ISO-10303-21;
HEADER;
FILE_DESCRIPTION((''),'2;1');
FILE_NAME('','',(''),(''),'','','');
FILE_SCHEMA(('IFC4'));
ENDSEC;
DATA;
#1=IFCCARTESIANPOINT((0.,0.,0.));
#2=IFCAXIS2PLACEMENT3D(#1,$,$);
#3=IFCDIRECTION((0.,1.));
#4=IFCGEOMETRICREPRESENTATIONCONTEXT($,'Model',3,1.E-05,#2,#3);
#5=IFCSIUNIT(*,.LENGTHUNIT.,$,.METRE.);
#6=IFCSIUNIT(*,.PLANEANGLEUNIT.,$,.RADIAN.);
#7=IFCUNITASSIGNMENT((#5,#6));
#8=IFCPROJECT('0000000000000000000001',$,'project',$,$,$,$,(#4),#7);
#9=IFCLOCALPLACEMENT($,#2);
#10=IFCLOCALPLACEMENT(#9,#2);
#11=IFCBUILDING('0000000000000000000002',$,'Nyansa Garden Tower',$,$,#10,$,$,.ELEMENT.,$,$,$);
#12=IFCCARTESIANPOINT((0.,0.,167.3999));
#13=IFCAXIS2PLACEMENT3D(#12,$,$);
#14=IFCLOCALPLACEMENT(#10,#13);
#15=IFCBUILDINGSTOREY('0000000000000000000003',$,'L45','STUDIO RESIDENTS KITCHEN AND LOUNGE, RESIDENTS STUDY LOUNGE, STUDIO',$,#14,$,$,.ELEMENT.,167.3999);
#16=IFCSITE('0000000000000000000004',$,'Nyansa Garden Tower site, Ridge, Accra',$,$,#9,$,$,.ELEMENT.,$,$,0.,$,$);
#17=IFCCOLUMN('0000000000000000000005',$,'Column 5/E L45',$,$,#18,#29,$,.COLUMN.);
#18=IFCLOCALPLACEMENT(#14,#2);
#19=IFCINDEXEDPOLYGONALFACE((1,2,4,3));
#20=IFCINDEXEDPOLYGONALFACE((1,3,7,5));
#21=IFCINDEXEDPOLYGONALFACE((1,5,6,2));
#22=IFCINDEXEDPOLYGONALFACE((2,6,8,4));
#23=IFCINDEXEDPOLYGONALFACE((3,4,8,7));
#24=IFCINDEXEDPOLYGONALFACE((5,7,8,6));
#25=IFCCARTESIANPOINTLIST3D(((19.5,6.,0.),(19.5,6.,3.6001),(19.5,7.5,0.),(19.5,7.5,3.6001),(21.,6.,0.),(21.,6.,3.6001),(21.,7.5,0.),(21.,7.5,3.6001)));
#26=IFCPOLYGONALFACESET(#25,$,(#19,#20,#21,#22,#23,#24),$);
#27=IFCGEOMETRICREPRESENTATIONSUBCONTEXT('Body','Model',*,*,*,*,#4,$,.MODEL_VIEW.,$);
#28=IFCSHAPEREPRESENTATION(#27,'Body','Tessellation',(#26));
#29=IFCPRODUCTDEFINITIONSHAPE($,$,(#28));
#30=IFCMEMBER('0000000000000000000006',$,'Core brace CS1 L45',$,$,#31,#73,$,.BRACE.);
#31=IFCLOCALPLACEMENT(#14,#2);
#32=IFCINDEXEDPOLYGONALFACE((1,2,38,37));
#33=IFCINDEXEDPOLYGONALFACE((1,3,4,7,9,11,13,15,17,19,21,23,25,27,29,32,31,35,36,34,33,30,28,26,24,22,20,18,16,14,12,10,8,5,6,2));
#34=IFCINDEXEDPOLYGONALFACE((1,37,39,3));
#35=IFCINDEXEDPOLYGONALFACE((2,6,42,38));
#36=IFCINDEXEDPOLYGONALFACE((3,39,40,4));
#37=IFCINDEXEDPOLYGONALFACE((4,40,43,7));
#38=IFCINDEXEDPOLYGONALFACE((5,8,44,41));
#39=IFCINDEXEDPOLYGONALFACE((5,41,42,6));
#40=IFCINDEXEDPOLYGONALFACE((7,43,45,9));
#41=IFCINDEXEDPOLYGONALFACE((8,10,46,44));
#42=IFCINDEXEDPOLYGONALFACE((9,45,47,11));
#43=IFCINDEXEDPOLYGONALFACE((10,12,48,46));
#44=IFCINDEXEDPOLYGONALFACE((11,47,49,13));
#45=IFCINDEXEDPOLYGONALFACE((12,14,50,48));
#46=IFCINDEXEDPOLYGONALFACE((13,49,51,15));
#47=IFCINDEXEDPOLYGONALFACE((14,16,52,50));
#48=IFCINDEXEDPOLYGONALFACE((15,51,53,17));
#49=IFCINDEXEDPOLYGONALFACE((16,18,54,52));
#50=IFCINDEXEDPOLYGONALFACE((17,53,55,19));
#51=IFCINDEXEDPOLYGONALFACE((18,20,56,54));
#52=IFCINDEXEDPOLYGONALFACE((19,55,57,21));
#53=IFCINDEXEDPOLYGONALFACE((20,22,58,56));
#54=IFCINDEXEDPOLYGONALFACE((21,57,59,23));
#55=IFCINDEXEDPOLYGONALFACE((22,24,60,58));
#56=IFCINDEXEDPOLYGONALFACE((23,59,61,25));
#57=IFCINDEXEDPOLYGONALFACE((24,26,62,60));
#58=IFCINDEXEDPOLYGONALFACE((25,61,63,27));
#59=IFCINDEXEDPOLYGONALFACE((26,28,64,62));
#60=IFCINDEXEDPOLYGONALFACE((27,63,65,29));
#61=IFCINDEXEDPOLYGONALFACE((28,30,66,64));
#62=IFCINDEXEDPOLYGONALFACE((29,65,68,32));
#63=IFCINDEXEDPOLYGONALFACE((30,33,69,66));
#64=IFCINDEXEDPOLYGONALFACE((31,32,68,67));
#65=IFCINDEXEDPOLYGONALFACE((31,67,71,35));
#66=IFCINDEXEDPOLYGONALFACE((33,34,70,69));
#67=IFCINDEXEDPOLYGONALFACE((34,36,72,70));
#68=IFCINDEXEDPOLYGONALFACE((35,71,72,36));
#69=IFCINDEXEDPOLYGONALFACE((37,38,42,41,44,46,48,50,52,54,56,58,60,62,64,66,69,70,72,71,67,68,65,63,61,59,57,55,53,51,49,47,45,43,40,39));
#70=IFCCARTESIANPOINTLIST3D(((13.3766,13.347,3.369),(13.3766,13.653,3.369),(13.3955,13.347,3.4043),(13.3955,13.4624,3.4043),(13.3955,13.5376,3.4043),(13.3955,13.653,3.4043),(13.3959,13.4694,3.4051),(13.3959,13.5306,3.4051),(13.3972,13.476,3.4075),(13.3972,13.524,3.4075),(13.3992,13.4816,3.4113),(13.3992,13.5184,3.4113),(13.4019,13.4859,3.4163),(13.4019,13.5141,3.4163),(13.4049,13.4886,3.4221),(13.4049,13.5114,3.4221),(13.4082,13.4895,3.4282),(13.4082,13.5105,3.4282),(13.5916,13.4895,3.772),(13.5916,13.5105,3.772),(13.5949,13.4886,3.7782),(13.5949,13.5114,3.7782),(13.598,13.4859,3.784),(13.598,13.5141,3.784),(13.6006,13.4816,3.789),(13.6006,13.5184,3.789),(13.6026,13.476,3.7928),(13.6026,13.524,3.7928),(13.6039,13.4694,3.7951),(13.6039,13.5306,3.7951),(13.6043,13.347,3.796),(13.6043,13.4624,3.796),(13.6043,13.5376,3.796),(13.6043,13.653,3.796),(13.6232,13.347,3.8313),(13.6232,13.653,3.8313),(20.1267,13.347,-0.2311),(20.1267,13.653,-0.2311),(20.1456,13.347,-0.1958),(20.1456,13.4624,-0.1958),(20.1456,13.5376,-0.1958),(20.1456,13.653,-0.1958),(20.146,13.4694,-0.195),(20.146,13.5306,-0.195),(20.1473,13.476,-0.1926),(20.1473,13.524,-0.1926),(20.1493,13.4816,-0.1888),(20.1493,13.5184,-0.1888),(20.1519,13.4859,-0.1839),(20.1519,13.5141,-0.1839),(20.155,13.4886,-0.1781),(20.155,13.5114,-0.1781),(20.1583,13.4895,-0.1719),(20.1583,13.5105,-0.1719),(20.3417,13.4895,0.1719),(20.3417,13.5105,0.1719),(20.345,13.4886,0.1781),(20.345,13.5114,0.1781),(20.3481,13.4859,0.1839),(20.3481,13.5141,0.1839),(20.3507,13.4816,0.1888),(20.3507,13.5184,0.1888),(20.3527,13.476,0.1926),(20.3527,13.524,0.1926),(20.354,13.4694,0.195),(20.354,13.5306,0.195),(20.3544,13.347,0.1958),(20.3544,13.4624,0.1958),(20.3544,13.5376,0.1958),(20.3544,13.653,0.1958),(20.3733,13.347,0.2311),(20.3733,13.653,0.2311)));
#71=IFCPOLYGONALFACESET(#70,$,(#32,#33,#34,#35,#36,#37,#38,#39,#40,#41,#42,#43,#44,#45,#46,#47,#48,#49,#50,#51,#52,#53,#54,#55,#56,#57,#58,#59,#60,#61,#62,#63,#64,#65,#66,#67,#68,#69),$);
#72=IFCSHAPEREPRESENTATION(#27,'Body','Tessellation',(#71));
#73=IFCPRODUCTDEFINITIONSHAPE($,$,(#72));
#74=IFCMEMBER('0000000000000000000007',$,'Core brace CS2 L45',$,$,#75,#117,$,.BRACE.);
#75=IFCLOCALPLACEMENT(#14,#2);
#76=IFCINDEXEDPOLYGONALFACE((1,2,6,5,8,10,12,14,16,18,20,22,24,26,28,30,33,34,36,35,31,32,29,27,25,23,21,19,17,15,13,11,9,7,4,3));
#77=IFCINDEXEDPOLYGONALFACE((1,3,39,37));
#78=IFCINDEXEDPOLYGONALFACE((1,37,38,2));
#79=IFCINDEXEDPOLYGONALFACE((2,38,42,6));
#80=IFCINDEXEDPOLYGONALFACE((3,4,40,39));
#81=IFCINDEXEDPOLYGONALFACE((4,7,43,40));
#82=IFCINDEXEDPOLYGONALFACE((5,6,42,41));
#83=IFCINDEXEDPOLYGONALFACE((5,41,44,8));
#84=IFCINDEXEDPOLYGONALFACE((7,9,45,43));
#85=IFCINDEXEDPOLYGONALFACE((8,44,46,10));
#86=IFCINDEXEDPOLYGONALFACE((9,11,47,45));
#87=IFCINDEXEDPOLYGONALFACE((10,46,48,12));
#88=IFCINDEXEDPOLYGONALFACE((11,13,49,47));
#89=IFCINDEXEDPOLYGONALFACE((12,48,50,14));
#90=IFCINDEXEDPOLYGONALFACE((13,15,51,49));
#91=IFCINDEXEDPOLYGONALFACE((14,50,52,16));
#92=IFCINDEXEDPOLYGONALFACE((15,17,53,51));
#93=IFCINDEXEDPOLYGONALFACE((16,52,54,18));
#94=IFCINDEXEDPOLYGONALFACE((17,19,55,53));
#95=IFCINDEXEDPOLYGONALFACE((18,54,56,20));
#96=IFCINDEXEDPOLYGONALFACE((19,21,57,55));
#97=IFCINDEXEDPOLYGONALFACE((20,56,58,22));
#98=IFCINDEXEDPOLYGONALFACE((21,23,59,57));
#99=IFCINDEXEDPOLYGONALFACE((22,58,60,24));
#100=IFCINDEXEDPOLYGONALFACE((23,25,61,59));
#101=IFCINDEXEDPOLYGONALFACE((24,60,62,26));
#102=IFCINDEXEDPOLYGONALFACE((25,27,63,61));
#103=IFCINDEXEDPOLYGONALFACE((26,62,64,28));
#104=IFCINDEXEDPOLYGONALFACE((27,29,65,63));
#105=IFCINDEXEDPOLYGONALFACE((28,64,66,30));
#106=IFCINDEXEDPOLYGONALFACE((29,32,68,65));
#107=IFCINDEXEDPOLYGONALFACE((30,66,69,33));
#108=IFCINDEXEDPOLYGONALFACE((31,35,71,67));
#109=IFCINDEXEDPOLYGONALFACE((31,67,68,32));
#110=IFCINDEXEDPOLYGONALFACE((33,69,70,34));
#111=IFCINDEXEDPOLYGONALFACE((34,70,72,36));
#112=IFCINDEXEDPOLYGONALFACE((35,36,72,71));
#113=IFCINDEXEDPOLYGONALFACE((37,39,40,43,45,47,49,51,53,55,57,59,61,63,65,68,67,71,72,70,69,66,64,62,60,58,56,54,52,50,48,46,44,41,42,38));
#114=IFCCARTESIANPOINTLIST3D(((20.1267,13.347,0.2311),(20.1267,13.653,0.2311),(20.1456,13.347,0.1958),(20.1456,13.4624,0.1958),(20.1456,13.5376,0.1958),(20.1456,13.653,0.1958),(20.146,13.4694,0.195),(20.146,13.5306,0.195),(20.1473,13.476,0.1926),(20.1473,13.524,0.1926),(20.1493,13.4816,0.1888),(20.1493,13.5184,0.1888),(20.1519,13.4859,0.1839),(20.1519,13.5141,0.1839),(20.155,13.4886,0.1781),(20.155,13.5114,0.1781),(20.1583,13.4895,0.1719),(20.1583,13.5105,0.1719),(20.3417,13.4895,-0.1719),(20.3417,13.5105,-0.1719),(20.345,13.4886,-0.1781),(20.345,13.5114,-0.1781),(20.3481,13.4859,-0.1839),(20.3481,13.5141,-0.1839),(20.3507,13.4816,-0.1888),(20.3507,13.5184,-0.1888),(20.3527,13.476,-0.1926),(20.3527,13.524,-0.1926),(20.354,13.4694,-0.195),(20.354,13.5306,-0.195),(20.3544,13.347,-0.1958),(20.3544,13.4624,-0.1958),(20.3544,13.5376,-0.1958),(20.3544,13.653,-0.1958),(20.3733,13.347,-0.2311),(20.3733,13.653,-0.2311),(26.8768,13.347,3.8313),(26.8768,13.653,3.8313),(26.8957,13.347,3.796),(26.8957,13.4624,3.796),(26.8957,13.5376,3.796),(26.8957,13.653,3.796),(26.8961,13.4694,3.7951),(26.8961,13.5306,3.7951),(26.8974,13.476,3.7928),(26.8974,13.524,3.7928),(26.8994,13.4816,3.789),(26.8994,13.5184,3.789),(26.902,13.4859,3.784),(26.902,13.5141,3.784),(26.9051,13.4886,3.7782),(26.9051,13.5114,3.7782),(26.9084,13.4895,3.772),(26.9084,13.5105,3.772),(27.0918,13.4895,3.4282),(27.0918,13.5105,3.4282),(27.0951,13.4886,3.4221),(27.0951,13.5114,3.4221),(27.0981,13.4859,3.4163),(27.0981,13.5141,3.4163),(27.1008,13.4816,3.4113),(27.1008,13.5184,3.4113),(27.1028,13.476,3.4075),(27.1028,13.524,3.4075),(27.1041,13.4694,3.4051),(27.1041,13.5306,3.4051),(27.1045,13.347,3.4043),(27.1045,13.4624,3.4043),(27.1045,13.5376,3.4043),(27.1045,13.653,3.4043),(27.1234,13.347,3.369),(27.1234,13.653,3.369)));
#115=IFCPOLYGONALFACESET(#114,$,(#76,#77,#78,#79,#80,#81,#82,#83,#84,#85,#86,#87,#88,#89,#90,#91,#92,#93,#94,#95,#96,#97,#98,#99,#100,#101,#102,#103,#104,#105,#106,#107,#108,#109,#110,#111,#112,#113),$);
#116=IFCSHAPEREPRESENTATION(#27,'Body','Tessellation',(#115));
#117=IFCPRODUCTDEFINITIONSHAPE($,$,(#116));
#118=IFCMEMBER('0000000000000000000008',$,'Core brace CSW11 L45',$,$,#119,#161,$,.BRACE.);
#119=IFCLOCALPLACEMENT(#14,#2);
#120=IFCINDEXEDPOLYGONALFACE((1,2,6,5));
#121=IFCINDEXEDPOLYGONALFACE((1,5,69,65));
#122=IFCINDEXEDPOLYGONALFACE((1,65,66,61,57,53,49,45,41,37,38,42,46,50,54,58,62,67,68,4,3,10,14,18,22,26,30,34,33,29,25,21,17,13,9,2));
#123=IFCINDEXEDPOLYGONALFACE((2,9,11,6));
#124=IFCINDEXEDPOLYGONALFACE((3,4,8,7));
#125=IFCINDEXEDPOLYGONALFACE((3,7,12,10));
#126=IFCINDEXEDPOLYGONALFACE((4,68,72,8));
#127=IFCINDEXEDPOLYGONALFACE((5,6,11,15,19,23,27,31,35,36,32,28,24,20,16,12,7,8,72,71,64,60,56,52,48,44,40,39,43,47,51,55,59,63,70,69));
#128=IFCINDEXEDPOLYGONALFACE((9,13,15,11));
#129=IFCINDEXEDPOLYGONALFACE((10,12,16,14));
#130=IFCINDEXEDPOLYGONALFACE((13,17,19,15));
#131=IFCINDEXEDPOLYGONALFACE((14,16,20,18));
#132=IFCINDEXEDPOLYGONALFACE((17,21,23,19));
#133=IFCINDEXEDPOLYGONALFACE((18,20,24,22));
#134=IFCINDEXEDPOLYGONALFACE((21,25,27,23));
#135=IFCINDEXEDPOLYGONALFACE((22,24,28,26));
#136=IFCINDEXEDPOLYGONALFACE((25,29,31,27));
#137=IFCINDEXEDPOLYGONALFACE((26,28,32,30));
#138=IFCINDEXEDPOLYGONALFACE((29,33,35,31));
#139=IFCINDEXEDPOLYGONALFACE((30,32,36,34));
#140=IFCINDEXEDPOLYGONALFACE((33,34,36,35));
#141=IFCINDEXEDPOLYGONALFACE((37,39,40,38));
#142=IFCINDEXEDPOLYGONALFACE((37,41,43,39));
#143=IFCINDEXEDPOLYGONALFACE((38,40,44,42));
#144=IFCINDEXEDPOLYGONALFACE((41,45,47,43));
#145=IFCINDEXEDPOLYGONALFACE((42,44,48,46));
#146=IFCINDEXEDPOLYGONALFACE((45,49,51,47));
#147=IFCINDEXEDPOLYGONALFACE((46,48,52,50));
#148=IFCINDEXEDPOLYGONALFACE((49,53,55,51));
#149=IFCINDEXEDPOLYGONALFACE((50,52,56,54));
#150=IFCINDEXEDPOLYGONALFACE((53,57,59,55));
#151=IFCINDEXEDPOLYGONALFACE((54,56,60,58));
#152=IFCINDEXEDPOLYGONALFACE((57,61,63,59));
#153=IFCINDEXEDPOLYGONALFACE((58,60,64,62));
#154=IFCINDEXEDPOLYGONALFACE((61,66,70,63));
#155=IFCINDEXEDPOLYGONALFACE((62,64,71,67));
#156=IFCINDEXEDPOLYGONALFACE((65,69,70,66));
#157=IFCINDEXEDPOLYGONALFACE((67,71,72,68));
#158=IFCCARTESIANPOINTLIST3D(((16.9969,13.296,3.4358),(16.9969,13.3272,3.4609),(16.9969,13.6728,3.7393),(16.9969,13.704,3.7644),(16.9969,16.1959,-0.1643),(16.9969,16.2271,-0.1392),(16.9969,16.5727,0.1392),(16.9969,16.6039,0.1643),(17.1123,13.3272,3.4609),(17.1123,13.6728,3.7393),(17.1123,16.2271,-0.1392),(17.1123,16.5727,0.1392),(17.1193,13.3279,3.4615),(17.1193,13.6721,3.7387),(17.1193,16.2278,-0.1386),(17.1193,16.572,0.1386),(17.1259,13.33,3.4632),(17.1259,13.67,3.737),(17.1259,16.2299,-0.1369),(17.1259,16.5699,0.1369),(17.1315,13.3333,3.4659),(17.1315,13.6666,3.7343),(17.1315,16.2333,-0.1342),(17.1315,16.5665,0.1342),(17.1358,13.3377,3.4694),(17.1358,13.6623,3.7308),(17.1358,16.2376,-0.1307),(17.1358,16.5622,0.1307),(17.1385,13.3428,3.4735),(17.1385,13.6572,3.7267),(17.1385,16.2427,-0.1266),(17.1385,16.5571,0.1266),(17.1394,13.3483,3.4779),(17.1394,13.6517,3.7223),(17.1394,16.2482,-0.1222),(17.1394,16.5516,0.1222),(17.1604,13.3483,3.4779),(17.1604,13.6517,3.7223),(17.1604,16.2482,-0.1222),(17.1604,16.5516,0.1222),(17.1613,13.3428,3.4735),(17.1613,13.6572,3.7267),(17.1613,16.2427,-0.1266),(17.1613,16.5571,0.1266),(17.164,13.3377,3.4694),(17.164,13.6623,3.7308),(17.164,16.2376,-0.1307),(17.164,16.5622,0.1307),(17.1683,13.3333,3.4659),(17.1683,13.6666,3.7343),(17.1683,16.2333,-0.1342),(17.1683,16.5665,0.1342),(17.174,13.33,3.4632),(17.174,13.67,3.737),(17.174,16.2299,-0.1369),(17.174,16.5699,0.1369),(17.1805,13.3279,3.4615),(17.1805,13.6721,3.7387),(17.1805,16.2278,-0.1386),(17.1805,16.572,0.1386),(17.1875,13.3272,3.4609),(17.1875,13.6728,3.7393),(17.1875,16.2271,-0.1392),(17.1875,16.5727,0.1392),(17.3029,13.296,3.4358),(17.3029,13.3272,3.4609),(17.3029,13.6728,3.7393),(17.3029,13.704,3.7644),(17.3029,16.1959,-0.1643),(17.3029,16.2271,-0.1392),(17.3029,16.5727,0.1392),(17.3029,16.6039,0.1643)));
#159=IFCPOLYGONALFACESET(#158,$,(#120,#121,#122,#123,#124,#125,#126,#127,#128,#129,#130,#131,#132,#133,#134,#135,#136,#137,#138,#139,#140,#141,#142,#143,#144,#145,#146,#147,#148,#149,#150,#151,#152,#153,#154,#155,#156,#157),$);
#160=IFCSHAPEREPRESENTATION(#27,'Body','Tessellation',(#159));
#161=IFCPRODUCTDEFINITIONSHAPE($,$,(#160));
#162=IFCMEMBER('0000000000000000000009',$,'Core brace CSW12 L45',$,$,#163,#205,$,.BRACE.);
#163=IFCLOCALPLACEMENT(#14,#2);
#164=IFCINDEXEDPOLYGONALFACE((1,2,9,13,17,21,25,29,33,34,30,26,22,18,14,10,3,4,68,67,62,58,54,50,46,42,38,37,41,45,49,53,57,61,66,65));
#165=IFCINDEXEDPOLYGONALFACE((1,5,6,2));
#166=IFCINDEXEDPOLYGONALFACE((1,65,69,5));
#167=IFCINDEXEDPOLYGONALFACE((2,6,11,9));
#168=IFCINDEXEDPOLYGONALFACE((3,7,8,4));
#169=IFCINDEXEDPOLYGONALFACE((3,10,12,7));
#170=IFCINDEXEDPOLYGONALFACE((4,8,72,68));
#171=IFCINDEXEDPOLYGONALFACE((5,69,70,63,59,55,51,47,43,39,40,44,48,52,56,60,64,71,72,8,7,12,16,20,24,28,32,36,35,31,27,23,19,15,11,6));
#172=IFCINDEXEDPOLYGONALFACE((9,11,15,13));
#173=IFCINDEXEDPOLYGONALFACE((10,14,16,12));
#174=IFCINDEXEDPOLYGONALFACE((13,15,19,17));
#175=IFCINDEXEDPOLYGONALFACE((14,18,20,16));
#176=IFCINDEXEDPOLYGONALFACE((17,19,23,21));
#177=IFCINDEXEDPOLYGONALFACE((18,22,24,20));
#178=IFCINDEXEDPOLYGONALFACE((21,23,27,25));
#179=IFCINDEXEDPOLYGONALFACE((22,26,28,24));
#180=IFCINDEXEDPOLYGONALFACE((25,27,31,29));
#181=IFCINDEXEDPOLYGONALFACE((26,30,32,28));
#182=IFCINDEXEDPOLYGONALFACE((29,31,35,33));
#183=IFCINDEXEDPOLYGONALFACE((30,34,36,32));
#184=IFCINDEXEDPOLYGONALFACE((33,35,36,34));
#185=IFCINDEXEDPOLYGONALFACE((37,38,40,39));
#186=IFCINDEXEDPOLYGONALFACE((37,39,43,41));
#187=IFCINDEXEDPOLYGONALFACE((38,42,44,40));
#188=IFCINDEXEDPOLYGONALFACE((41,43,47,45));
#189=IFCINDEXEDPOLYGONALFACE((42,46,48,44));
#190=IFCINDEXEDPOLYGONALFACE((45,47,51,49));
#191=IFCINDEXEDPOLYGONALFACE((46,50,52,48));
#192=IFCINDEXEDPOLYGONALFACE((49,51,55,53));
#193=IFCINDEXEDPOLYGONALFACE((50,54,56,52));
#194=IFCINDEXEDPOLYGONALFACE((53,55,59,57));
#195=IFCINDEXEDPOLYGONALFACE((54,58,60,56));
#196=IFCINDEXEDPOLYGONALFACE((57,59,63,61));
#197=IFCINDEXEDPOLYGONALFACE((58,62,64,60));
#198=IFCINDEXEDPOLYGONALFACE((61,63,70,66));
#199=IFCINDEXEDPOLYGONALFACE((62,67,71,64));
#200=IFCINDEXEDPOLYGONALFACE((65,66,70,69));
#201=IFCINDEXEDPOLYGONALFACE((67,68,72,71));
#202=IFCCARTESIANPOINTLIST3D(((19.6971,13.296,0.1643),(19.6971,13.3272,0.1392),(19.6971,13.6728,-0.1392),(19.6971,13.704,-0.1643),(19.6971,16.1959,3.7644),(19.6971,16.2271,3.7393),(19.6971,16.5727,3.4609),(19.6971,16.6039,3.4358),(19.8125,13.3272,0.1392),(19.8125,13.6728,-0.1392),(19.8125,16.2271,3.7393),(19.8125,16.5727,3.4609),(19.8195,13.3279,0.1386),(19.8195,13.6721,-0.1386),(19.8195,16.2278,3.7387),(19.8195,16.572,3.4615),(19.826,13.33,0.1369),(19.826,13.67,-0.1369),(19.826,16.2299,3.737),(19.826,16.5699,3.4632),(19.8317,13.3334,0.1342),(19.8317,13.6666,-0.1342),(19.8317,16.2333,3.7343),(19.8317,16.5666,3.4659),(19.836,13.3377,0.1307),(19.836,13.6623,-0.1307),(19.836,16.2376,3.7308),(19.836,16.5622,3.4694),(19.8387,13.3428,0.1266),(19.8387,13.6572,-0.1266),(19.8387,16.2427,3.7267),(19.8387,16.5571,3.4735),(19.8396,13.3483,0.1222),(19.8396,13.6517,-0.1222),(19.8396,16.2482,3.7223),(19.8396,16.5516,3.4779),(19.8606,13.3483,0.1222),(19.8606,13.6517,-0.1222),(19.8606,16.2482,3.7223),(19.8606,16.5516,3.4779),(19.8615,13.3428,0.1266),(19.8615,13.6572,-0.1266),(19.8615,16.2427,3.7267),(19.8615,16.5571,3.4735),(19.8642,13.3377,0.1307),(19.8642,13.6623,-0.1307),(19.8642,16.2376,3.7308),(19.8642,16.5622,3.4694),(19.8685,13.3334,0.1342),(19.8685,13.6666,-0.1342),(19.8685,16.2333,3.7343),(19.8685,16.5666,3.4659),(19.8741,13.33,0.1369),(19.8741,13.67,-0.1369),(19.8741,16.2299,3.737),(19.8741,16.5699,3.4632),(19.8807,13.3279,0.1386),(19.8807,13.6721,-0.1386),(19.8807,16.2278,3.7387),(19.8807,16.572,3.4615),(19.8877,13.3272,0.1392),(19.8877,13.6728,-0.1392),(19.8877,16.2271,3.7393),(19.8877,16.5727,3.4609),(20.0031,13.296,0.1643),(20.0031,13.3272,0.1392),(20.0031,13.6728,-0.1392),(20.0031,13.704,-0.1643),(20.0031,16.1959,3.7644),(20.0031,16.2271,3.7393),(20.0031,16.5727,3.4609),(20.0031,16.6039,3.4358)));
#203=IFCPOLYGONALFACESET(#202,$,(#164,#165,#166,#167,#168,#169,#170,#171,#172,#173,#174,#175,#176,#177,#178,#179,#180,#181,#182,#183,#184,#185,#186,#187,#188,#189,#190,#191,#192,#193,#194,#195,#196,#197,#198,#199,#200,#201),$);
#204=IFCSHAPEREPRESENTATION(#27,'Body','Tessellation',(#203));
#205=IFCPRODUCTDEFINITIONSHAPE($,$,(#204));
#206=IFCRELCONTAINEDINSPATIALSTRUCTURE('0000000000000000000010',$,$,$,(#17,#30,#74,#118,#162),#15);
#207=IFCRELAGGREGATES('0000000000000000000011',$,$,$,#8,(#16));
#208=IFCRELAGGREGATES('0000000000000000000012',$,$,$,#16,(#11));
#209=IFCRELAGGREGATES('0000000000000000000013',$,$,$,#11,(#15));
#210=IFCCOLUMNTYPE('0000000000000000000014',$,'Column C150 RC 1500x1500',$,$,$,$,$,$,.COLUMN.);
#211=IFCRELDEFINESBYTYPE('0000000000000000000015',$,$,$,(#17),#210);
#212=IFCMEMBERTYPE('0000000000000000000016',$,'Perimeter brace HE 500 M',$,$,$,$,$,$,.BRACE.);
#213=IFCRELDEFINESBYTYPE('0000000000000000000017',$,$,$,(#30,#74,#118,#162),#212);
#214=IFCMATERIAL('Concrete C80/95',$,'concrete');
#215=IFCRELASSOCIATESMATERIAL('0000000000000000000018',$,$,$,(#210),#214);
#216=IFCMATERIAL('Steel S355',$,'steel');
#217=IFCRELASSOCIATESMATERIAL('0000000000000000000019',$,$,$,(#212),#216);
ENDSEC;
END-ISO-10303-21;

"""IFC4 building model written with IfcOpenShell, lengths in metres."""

from ifc_helpers import new_model, si_unit, direction, frame, origin, origin_2d, place, context, subcontext, project, spatial, rectangle, i_section, extrude, material, material_profile, profile_set, type_object, element, save


model = new_model("IFC4")

# Units and contexts
model_context = context("Model", 3, precision=1e-05, world=origin(), true_north=direction((0.0, 1.0)))
body_context = subcontext(model_context, "Body", "Model", "MODEL_VIEW")
ifc_project = project(units=[si_unit("LENGTHUNIT", "METRE"), si_unit("PLANEANGLEUNIT", "RADIAN")], contexts=[model_context])

# Site, building, storey
site_placement = place(None, origin())
site = spatial("IfcSite", under=ifc_project, at=site_placement, Name="Nyansa Garden Tower site, Ridge, Accra", CompositionType="ELEMENT", RefElevation=0.0)
building_placement = place(site_placement, origin())
building = spatial("IfcBuilding", under=site, at=building_placement, Name="Nyansa Garden Tower", CompositionType="ELEMENT")
storey_placement = place(building_placement, frame((0.0, 0.0, 167.3999)))
storey = spatial("IfcBuildingStorey", under=building, at=storey_placement, Name="L45", Description="STUDIO RESIDENTS KITCHEN AND LOUNGE, RESIDENTS STUDY LOUNGE, STUDIO", CompositionType="ELEMENT", Elevation=167.3999)

# Column
ifc_material_1 = material(Name="Concrete C80/95", Category="concrete")
ifc_material_profile_1 = material_profile(ifc_material_1, rectangle(XDim=1.5, YDim=1.5, at=origin_2d()), Name="RC 1500x1500")
ifc_profile_set_1 = profile_set([ifc_material_profile_1], Name="Concrete C80/95")
column_type = type_object("IfcColumnType", Name="Column C150 RC 1500x1500", PredefinedType="COLUMN", material=ifc_profile_set_1)
column_placement = place(storey_placement, frame((20.25, 6.75, 0.0), z_axis=(0.0, 0.0, 1.0), x_axis=(1.0, 0.0, 0.0)))
element("IfcColumn", 1, at=column_placement, inside=storey, type_object=column_type, Name="Column 5/E L45", PredefinedType="COLUMN", context=body_context, shape_type="SweptSolid", body=[
    extrude(rectangle(XDim=1.5, YDim=1.5, at=origin_2d()), origin(), (0.0, 0.0, 1.0), 3.6001),
])

# Members
ifc_material_2 = material(Name="Steel S355", Category="steel")
ifc_material_profile_2 = material_profile(ifc_material_2, i_section(OverallWidth=0.3059, OverallDepth=0.5239, WebThickness=0.021, FlangeThickness=0.04, FilletRadius=0.0271, at=origin_2d()), Name="HE 500 M")
ifc_profile_set_2 = profile_set([ifc_material_profile_2], Name="Steel S355")
member_type = type_object("IfcMemberType", Name="Perimeter brace HE 500 M", PredefinedType="BRACE", material=ifc_profile_set_2)
for number, where, z_axis, x_axis, name in (
    (2, (20.25, 13.5, 0.0), (-0.882348, 0.0, 0.470598), (0.0, -1.0, 0.0), "Core brace CS1 L45"),
    (3, (20.25, 13.5, 0.0), (0.882348, 0.0, 0.470598), (0.0, 1.0, 0.0), "Core brace CS2 L45"),
):
    element("IfcMember", number, at=place(storey_placement, frame(where, z_axis=z_axis, x_axis=x_axis)), inside=storey, type_object=member_type, Name=name, PredefinedType="BRACE", context=body_context, shape_type="SweptSolid", body=[
        extrude(i_section(OverallWidth=0.3059, OverallDepth=0.5239, WebThickness=0.021, FlangeThickness=0.04, FilletRadius=0.0271, at=origin_2d()), origin(), (0.0, 0.0, 1.0), 7.6501),
    ])
for number, where, z_axis, x_axis, name in (
    (4, (17.1499, 16.3999, 0.0), (0.0, -0.627306, 0.778773), (1.0, 0.0, 0.0), "Core brace CSW11 L45"),
    (5, (19.8501, 13.5, 0.0), (0.0, 0.627306, 0.778773), (-1.0, 0.0, 0.0), "Core brace CSW12 L45"),
):
    element("IfcMember", number, at=place(storey_placement, frame(where, z_axis=z_axis, x_axis=x_axis)), inside=storey, type_object=member_type, Name=name, PredefinedType="BRACE", context=body_context, shape_type="SweptSolid", body=[
        extrude(i_section(OverallWidth=0.3059, OverallDepth=0.5239, WebThickness=0.021, FlangeThickness=0.04, FilletRadius=0.0271, at=origin_2d()), origin(), (0.0, 0.0, 1.0), 4.6228),
    ])

save(model, "model.ifc")
